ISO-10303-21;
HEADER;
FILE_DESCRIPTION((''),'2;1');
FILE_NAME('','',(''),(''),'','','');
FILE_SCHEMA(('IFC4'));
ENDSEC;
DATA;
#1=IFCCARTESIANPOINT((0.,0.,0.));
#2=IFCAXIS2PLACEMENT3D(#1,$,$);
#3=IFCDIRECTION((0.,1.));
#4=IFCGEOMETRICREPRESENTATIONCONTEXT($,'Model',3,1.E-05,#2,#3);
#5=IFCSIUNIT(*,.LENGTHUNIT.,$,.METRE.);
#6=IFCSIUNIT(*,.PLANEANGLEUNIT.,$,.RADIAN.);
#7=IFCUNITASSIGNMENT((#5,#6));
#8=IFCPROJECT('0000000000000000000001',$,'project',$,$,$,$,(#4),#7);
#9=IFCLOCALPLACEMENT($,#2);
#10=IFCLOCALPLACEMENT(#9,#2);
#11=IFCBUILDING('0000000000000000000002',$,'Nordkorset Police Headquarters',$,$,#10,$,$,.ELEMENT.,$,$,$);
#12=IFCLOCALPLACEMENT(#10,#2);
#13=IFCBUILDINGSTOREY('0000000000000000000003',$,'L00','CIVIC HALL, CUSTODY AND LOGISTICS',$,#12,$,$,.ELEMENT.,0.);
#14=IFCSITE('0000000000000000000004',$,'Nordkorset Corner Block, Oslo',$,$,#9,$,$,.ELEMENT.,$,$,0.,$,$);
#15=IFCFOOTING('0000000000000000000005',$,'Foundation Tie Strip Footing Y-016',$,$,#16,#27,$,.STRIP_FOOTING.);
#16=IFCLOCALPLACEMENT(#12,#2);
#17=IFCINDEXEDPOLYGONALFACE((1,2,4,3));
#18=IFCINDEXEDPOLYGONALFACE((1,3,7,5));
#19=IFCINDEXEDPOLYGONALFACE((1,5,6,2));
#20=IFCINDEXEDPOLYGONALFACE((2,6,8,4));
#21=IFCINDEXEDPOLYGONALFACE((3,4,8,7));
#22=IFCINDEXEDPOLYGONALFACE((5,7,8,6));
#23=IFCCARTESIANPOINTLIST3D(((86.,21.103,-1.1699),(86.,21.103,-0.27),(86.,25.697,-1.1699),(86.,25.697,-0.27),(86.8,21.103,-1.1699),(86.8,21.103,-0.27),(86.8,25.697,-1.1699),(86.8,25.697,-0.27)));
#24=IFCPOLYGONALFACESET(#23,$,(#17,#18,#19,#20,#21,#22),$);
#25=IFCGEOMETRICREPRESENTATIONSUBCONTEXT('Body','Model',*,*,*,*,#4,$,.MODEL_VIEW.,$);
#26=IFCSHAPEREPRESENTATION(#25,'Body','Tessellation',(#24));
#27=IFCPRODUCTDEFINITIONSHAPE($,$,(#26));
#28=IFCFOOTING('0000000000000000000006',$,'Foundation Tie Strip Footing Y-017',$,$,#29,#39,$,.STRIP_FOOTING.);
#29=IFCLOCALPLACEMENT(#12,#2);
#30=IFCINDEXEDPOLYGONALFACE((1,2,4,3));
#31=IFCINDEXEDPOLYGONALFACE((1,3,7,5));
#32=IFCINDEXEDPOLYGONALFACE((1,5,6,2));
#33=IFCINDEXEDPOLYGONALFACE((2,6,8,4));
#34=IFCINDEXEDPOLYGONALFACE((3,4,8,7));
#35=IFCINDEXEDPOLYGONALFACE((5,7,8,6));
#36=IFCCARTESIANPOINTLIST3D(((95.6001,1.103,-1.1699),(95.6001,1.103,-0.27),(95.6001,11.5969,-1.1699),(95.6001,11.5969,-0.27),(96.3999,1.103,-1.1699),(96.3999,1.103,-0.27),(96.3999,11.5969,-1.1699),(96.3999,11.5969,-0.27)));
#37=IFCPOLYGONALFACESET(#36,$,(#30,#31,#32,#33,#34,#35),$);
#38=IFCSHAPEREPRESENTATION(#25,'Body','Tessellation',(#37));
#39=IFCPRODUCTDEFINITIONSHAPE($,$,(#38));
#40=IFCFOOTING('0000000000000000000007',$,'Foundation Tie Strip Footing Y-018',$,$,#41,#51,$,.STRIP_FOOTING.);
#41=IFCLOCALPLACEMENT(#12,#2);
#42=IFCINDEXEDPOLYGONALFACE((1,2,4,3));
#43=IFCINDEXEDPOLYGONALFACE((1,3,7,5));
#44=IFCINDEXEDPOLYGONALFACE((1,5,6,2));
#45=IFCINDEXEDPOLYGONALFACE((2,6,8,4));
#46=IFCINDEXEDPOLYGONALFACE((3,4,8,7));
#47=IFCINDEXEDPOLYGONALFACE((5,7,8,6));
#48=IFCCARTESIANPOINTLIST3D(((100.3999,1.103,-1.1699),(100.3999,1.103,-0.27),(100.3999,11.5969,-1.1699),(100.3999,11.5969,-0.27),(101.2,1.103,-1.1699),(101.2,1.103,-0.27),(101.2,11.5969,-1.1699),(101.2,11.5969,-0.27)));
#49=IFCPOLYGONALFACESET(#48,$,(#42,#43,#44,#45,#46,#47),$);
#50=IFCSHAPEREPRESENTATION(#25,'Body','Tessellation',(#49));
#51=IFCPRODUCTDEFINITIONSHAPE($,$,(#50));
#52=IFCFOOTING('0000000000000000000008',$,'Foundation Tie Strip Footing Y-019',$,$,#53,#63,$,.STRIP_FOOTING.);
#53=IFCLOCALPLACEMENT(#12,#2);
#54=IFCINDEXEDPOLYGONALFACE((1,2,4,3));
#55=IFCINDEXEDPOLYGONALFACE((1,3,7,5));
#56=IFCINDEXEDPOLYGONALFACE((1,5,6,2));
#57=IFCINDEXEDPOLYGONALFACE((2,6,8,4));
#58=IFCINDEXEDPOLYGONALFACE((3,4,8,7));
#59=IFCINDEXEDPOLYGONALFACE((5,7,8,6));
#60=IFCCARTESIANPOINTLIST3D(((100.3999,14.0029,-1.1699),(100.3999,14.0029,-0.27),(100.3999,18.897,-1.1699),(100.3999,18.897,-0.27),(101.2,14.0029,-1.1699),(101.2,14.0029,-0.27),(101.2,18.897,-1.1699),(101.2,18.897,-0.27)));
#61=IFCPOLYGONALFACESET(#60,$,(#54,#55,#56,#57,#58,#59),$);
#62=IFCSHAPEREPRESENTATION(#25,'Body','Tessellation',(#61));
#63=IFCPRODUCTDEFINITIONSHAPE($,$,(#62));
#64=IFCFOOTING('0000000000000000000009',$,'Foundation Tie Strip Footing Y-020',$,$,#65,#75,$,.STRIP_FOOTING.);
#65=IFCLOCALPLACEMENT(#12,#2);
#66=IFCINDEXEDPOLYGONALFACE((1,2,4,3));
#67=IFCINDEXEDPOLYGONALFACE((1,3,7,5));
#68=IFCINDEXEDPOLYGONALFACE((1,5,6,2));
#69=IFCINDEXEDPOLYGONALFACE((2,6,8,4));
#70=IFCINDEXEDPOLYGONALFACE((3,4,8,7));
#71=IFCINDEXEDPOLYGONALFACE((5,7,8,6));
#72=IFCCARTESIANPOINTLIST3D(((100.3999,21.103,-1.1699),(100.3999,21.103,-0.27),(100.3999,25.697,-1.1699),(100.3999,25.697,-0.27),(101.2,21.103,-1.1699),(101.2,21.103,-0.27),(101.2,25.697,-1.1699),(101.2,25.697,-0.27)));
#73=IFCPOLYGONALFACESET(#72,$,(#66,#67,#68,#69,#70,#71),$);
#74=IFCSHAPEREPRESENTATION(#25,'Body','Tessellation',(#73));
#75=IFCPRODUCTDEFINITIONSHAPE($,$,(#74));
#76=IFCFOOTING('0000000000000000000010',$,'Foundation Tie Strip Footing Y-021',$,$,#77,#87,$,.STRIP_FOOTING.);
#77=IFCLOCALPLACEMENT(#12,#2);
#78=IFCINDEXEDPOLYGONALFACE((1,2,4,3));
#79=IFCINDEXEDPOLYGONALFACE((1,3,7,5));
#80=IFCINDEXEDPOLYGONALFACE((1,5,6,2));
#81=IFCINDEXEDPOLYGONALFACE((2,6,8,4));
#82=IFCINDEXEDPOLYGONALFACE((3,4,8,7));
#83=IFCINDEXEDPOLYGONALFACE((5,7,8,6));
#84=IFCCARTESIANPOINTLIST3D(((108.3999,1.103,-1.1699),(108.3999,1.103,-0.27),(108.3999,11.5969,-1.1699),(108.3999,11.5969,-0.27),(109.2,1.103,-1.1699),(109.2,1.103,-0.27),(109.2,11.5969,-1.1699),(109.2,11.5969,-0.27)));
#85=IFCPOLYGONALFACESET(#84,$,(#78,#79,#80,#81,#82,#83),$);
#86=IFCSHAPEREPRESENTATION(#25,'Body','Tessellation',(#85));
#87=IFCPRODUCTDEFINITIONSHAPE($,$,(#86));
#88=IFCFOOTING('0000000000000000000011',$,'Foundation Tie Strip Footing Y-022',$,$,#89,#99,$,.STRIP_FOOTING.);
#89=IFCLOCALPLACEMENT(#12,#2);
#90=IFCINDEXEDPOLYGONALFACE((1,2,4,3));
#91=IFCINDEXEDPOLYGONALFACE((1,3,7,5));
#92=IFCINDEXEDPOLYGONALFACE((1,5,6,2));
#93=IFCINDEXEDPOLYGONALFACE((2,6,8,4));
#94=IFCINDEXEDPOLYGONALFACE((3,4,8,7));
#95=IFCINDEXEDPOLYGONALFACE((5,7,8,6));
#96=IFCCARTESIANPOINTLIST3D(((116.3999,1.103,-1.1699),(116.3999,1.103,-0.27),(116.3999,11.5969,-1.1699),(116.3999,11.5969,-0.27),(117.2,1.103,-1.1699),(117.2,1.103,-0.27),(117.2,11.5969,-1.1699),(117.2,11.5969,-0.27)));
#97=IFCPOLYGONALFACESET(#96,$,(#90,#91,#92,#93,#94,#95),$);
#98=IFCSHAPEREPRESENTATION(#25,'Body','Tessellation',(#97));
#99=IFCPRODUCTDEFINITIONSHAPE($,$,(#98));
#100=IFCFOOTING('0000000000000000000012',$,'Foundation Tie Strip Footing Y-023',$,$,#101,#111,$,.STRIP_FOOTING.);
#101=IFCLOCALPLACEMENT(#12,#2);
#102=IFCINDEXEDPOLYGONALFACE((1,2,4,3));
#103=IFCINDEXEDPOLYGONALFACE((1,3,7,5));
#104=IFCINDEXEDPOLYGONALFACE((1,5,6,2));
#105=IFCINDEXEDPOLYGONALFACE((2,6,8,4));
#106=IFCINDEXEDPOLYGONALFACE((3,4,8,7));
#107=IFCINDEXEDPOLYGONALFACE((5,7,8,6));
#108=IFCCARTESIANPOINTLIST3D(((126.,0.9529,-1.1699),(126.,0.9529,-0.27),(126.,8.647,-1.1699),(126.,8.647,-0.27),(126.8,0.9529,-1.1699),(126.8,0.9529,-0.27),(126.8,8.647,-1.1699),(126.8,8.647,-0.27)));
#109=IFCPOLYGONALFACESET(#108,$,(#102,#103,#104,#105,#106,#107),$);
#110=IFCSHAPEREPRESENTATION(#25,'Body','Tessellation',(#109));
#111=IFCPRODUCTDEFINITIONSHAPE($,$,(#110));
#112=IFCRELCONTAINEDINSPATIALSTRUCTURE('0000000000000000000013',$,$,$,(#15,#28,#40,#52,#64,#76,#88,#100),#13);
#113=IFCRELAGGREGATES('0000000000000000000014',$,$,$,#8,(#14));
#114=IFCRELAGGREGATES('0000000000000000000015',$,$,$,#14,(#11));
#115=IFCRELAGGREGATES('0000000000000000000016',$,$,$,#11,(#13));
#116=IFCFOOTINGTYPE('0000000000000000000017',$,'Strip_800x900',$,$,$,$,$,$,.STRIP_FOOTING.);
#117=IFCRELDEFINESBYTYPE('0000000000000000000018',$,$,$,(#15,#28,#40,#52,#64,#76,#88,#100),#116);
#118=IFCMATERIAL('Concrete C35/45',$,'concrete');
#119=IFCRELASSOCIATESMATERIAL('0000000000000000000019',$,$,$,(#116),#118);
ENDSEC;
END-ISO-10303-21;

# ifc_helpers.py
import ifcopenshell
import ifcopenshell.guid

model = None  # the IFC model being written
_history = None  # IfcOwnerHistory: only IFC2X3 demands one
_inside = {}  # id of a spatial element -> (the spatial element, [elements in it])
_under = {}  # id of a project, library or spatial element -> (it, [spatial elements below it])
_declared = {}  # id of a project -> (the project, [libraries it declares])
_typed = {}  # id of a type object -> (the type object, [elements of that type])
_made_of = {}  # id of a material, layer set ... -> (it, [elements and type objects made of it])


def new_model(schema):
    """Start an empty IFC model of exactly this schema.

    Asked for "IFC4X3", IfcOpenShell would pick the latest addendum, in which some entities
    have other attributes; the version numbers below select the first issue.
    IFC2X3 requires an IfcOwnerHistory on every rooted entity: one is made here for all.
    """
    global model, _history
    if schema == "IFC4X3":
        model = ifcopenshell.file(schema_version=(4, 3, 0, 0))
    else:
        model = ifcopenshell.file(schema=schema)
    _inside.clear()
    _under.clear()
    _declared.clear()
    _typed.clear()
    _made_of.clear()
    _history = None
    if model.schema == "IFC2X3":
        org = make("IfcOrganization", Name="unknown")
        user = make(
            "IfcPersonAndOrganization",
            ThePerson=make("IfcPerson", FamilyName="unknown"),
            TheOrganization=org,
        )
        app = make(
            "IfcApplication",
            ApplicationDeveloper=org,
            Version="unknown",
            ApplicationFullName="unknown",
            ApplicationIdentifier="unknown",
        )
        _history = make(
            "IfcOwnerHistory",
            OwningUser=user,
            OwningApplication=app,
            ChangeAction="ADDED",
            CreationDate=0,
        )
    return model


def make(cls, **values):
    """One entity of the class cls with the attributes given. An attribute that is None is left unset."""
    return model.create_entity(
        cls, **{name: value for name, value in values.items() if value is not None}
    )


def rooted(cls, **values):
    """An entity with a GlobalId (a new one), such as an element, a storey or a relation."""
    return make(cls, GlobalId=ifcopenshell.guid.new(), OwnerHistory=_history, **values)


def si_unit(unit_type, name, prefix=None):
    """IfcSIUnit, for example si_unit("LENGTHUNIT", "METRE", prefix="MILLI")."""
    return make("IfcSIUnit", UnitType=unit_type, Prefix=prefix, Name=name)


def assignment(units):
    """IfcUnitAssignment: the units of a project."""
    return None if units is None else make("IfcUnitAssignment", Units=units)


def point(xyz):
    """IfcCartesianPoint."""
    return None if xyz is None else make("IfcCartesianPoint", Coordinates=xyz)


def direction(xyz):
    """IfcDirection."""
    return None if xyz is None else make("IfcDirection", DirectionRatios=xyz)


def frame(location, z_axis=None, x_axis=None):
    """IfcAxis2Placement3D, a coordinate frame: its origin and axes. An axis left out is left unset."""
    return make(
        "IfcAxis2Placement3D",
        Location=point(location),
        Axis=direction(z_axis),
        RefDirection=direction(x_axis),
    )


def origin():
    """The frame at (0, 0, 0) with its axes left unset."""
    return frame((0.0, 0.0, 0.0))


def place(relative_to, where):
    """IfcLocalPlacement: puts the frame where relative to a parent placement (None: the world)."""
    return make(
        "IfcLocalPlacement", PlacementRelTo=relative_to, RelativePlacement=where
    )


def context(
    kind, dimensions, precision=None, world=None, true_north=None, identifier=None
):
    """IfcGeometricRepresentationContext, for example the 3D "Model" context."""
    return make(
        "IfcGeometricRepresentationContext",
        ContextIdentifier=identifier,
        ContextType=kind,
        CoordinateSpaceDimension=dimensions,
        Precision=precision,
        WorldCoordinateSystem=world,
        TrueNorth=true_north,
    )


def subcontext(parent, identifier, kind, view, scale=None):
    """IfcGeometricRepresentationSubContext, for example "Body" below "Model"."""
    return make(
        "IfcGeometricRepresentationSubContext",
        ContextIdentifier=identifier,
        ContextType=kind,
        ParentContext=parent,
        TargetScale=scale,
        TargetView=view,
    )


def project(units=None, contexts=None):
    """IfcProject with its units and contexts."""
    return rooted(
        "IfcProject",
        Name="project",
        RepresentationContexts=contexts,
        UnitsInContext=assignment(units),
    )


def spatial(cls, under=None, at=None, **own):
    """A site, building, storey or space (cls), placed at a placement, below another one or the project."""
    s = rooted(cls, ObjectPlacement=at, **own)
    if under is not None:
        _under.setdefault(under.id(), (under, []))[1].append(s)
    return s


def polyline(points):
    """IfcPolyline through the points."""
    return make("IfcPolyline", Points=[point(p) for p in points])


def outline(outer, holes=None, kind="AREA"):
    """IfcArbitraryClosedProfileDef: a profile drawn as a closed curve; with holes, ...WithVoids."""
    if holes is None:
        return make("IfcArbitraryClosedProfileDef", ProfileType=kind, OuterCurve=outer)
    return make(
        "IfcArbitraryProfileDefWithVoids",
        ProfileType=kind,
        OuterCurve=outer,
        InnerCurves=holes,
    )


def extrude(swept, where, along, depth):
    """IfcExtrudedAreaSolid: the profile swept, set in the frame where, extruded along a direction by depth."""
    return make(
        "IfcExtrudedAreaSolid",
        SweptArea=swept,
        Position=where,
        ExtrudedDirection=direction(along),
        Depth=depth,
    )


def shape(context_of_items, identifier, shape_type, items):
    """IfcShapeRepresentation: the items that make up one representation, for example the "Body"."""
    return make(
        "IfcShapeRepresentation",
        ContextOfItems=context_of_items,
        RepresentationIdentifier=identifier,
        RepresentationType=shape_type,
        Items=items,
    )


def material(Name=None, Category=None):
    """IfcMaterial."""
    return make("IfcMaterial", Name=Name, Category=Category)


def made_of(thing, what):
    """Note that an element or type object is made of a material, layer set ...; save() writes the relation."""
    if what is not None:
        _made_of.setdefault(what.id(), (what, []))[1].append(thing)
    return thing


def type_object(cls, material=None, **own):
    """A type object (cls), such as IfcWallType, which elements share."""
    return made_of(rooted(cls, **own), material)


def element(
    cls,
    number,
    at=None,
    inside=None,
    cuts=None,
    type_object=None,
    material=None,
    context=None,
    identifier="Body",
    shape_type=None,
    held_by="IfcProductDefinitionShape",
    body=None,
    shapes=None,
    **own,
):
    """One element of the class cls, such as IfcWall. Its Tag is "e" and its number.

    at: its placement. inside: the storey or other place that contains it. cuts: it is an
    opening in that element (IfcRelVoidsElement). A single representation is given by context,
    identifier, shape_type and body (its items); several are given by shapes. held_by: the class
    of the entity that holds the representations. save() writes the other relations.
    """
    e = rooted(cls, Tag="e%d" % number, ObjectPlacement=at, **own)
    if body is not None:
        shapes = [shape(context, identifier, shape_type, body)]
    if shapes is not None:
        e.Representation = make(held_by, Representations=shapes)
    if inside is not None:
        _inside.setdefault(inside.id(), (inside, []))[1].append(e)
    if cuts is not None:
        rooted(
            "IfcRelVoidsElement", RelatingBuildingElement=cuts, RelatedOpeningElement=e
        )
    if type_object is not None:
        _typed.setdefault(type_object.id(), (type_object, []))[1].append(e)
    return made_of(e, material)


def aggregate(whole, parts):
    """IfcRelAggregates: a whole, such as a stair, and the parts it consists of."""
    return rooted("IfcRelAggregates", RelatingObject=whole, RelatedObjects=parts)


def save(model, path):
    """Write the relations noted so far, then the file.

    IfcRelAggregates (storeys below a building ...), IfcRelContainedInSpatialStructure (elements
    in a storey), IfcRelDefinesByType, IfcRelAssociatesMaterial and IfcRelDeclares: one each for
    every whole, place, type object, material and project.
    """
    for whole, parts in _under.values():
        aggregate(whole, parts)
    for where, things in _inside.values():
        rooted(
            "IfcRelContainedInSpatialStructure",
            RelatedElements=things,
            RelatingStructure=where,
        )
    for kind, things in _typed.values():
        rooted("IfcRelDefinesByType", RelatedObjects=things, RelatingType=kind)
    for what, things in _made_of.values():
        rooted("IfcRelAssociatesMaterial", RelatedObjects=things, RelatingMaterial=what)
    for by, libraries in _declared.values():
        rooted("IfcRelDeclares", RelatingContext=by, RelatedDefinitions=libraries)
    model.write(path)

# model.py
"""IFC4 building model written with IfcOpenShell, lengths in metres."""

from ifc_helpers import new_model, si_unit, direction, frame, origin, place, context, subcontext, project, spatial, polyline, outline, extrude, material, type_object, element, save


model = new_model("IFC4")

# Units and contexts
model_context = context("Model", 3, precision=1e-05, world=origin(), true_north=direction((0.0, 1.0)))
body_context = subcontext(model_context, "Body", "Model", "MODEL_VIEW")
ifc_project = project(units=[si_unit("LENGTHUNIT", "METRE"), si_unit("PLANEANGLEUNIT", "RADIAN")], contexts=[model_context])

# Site, building, storey
site_placement = place(None, origin())
site = spatial("IfcSite", under=ifc_project, at=site_placement, Name="Nordkorset Corner Block, Oslo", CompositionType="ELEMENT", RefElevation=0.0)
building_placement = place(site_placement, origin())
building = spatial("IfcBuilding", under=site, at=building_placement, Name="Nordkorset Police Headquarters", CompositionType="ELEMENT")
storey_placement = place(building_placement, origin())
storey = spatial("IfcBuildingStorey", under=building, at=storey_placement, Name="L00", Description="CIVIC HALL, CUSTODY AND LOGISTICS", CompositionType="ELEMENT", Elevation=0.0)

# Footings
ifc_material = material(Name="Concrete C35/45", Category="concrete")
footing_type = type_object("IfcFootingType", Name="Strip_800x900", PredefinedType="STRIP_FOOTING", material=ifc_material)
footing_1_placement = place(storey_placement, frame((0.0, 0.0, -1.1699)))
element("IfcFooting", 1, at=footing_1_placement, inside=storey, type_object=footing_type, Name="Foundation Tie Strip Footing Y-016", PredefinedType="STRIP_FOOTING", context=body_context, shape_type="SweptSolid", body=[
    extrude(outline(polyline([(86.0, 21.103), (86.8, 21.103), (86.8, 25.697), (86.0, 25.697), (86.0, 21.103)])), origin(), (0.0, 0.0, 1.0), 0.8999),
])
footing_2_placement = place(storey_placement, frame((0.0, 0.0, -1.1699)))
element("IfcFooting", 2, at=footing_2_placement, inside=storey, type_object=footing_type, Name="Foundation Tie Strip Footing Y-017", PredefinedType="STRIP_FOOTING", context=body_context, shape_type="SweptSolid", body=[
    extrude(outline(polyline([(95.6001, 1.103), (96.3999, 1.103), (96.3999, 11.5969), (95.6001, 11.5969), (95.6001, 1.103)])), origin(), (0.0, 0.0, 1.0), 0.8999),
])
footing_3_placement = place(storey_placement, frame((0.0, 0.0, -1.1699)))
element("IfcFooting", 3, at=footing_3_placement, inside=storey, type_object=footing_type, Name="Foundation Tie Strip Footing Y-018", PredefinedType="STRIP_FOOTING", context=body_context, shape_type="SweptSolid", body=[
    extrude(outline(polyline([(100.3999, 1.103), (101.2, 1.103), (101.2, 11.5969), (100.3999, 11.5969), (100.3999, 1.103)])), origin(), (0.0, 0.0, 1.0), 0.8999),
])
footing_4_placement = place(storey_placement, frame((0.0, 0.0, -1.1699)))
element("IfcFooting", 4, at=footing_4_placement, inside=storey, type_object=footing_type, Name="Foundation Tie Strip Footing Y-019", PredefinedType="STRIP_FOOTING", context=body_context, shape_type="SweptSolid", body=[
    extrude(outline(polyline([(100.3999, 14.0029), (101.2, 14.0029), (101.2, 18.897), (100.3999, 18.897), (100.3999, 14.0029)])), origin(), (0.0, 0.0, 1.0), 0.8999),
])
footing_5_placement = place(storey_placement, frame((0.0, 0.0, -1.1699)))
element("IfcFooting", 5, at=footing_5_placement, inside=storey, type_object=footing_type, Name="Foundation Tie Strip Footing Y-020", PredefinedType="STRIP_FOOTING", context=body_context, shape_type="SweptSolid", body=[
    extrude(outline(polyline([(100.3999, 21.103), (101.2, 21.103), (101.2, 25.697), (100.3999, 25.697), (100.3999, 21.103)])), origin(), (0.0, 0.0, 1.0), 0.8999),
])
footing_6_placement = place(storey_placement, frame((0.0, 0.0, -1.1699)))
element("IfcFooting", 6, at=footing_6_placement, inside=storey, type_object=footing_type, Name="Foundation Tie Strip Footing Y-021", PredefinedType="STRIP_FOOTING", context=body_context, shape_type="SweptSolid", body=[
    extrude(outline(polyline([(108.3999, 1.103), (109.2, 1.103), (109.2, 11.5969), (108.3999, 11.5969), (108.3999, 1.103)])), origin(), (0.0, 0.0, 1.0), 0.8999),
])
footing_7_placement = place(storey_placement, frame((0.0, 0.0, -1.1699)))
element("IfcFooting", 7, at=footing_7_placement, inside=storey, type_object=footing_type, Name="Foundation Tie Strip Footing Y-022", PredefinedType="STRIP_FOOTING", context=body_context, shape_type="SweptSolid", body=[
    extrude(outline(polyline([(116.3999, 1.103), (117.2, 1.103), (117.2, 11.5969), (116.3999, 11.5969), (116.3999, 1.103)])), origin(), (0.0, 0.0, 1.0), 0.8999),
])
footing_8_placement = place(storey_placement, frame((0.0, 0.0, -1.1699)))
element("IfcFooting", 8, at=footing_8_placement, inside=storey, type_object=footing_type, Name="Foundation Tie Strip Footing Y-023", PredefinedType="STRIP_FOOTING", context=body_context, shape_type="SweptSolid", body=[
    extrude(outline(polyline([(126.0, 0.9529), (126.8, 0.9529), (126.8, 8.647), (126.0, 8.647), (126.0, 0.9529)])), origin(), (0.0, 0.0, 1.0), 0.8999),
])

save(model, "model.ifc")
